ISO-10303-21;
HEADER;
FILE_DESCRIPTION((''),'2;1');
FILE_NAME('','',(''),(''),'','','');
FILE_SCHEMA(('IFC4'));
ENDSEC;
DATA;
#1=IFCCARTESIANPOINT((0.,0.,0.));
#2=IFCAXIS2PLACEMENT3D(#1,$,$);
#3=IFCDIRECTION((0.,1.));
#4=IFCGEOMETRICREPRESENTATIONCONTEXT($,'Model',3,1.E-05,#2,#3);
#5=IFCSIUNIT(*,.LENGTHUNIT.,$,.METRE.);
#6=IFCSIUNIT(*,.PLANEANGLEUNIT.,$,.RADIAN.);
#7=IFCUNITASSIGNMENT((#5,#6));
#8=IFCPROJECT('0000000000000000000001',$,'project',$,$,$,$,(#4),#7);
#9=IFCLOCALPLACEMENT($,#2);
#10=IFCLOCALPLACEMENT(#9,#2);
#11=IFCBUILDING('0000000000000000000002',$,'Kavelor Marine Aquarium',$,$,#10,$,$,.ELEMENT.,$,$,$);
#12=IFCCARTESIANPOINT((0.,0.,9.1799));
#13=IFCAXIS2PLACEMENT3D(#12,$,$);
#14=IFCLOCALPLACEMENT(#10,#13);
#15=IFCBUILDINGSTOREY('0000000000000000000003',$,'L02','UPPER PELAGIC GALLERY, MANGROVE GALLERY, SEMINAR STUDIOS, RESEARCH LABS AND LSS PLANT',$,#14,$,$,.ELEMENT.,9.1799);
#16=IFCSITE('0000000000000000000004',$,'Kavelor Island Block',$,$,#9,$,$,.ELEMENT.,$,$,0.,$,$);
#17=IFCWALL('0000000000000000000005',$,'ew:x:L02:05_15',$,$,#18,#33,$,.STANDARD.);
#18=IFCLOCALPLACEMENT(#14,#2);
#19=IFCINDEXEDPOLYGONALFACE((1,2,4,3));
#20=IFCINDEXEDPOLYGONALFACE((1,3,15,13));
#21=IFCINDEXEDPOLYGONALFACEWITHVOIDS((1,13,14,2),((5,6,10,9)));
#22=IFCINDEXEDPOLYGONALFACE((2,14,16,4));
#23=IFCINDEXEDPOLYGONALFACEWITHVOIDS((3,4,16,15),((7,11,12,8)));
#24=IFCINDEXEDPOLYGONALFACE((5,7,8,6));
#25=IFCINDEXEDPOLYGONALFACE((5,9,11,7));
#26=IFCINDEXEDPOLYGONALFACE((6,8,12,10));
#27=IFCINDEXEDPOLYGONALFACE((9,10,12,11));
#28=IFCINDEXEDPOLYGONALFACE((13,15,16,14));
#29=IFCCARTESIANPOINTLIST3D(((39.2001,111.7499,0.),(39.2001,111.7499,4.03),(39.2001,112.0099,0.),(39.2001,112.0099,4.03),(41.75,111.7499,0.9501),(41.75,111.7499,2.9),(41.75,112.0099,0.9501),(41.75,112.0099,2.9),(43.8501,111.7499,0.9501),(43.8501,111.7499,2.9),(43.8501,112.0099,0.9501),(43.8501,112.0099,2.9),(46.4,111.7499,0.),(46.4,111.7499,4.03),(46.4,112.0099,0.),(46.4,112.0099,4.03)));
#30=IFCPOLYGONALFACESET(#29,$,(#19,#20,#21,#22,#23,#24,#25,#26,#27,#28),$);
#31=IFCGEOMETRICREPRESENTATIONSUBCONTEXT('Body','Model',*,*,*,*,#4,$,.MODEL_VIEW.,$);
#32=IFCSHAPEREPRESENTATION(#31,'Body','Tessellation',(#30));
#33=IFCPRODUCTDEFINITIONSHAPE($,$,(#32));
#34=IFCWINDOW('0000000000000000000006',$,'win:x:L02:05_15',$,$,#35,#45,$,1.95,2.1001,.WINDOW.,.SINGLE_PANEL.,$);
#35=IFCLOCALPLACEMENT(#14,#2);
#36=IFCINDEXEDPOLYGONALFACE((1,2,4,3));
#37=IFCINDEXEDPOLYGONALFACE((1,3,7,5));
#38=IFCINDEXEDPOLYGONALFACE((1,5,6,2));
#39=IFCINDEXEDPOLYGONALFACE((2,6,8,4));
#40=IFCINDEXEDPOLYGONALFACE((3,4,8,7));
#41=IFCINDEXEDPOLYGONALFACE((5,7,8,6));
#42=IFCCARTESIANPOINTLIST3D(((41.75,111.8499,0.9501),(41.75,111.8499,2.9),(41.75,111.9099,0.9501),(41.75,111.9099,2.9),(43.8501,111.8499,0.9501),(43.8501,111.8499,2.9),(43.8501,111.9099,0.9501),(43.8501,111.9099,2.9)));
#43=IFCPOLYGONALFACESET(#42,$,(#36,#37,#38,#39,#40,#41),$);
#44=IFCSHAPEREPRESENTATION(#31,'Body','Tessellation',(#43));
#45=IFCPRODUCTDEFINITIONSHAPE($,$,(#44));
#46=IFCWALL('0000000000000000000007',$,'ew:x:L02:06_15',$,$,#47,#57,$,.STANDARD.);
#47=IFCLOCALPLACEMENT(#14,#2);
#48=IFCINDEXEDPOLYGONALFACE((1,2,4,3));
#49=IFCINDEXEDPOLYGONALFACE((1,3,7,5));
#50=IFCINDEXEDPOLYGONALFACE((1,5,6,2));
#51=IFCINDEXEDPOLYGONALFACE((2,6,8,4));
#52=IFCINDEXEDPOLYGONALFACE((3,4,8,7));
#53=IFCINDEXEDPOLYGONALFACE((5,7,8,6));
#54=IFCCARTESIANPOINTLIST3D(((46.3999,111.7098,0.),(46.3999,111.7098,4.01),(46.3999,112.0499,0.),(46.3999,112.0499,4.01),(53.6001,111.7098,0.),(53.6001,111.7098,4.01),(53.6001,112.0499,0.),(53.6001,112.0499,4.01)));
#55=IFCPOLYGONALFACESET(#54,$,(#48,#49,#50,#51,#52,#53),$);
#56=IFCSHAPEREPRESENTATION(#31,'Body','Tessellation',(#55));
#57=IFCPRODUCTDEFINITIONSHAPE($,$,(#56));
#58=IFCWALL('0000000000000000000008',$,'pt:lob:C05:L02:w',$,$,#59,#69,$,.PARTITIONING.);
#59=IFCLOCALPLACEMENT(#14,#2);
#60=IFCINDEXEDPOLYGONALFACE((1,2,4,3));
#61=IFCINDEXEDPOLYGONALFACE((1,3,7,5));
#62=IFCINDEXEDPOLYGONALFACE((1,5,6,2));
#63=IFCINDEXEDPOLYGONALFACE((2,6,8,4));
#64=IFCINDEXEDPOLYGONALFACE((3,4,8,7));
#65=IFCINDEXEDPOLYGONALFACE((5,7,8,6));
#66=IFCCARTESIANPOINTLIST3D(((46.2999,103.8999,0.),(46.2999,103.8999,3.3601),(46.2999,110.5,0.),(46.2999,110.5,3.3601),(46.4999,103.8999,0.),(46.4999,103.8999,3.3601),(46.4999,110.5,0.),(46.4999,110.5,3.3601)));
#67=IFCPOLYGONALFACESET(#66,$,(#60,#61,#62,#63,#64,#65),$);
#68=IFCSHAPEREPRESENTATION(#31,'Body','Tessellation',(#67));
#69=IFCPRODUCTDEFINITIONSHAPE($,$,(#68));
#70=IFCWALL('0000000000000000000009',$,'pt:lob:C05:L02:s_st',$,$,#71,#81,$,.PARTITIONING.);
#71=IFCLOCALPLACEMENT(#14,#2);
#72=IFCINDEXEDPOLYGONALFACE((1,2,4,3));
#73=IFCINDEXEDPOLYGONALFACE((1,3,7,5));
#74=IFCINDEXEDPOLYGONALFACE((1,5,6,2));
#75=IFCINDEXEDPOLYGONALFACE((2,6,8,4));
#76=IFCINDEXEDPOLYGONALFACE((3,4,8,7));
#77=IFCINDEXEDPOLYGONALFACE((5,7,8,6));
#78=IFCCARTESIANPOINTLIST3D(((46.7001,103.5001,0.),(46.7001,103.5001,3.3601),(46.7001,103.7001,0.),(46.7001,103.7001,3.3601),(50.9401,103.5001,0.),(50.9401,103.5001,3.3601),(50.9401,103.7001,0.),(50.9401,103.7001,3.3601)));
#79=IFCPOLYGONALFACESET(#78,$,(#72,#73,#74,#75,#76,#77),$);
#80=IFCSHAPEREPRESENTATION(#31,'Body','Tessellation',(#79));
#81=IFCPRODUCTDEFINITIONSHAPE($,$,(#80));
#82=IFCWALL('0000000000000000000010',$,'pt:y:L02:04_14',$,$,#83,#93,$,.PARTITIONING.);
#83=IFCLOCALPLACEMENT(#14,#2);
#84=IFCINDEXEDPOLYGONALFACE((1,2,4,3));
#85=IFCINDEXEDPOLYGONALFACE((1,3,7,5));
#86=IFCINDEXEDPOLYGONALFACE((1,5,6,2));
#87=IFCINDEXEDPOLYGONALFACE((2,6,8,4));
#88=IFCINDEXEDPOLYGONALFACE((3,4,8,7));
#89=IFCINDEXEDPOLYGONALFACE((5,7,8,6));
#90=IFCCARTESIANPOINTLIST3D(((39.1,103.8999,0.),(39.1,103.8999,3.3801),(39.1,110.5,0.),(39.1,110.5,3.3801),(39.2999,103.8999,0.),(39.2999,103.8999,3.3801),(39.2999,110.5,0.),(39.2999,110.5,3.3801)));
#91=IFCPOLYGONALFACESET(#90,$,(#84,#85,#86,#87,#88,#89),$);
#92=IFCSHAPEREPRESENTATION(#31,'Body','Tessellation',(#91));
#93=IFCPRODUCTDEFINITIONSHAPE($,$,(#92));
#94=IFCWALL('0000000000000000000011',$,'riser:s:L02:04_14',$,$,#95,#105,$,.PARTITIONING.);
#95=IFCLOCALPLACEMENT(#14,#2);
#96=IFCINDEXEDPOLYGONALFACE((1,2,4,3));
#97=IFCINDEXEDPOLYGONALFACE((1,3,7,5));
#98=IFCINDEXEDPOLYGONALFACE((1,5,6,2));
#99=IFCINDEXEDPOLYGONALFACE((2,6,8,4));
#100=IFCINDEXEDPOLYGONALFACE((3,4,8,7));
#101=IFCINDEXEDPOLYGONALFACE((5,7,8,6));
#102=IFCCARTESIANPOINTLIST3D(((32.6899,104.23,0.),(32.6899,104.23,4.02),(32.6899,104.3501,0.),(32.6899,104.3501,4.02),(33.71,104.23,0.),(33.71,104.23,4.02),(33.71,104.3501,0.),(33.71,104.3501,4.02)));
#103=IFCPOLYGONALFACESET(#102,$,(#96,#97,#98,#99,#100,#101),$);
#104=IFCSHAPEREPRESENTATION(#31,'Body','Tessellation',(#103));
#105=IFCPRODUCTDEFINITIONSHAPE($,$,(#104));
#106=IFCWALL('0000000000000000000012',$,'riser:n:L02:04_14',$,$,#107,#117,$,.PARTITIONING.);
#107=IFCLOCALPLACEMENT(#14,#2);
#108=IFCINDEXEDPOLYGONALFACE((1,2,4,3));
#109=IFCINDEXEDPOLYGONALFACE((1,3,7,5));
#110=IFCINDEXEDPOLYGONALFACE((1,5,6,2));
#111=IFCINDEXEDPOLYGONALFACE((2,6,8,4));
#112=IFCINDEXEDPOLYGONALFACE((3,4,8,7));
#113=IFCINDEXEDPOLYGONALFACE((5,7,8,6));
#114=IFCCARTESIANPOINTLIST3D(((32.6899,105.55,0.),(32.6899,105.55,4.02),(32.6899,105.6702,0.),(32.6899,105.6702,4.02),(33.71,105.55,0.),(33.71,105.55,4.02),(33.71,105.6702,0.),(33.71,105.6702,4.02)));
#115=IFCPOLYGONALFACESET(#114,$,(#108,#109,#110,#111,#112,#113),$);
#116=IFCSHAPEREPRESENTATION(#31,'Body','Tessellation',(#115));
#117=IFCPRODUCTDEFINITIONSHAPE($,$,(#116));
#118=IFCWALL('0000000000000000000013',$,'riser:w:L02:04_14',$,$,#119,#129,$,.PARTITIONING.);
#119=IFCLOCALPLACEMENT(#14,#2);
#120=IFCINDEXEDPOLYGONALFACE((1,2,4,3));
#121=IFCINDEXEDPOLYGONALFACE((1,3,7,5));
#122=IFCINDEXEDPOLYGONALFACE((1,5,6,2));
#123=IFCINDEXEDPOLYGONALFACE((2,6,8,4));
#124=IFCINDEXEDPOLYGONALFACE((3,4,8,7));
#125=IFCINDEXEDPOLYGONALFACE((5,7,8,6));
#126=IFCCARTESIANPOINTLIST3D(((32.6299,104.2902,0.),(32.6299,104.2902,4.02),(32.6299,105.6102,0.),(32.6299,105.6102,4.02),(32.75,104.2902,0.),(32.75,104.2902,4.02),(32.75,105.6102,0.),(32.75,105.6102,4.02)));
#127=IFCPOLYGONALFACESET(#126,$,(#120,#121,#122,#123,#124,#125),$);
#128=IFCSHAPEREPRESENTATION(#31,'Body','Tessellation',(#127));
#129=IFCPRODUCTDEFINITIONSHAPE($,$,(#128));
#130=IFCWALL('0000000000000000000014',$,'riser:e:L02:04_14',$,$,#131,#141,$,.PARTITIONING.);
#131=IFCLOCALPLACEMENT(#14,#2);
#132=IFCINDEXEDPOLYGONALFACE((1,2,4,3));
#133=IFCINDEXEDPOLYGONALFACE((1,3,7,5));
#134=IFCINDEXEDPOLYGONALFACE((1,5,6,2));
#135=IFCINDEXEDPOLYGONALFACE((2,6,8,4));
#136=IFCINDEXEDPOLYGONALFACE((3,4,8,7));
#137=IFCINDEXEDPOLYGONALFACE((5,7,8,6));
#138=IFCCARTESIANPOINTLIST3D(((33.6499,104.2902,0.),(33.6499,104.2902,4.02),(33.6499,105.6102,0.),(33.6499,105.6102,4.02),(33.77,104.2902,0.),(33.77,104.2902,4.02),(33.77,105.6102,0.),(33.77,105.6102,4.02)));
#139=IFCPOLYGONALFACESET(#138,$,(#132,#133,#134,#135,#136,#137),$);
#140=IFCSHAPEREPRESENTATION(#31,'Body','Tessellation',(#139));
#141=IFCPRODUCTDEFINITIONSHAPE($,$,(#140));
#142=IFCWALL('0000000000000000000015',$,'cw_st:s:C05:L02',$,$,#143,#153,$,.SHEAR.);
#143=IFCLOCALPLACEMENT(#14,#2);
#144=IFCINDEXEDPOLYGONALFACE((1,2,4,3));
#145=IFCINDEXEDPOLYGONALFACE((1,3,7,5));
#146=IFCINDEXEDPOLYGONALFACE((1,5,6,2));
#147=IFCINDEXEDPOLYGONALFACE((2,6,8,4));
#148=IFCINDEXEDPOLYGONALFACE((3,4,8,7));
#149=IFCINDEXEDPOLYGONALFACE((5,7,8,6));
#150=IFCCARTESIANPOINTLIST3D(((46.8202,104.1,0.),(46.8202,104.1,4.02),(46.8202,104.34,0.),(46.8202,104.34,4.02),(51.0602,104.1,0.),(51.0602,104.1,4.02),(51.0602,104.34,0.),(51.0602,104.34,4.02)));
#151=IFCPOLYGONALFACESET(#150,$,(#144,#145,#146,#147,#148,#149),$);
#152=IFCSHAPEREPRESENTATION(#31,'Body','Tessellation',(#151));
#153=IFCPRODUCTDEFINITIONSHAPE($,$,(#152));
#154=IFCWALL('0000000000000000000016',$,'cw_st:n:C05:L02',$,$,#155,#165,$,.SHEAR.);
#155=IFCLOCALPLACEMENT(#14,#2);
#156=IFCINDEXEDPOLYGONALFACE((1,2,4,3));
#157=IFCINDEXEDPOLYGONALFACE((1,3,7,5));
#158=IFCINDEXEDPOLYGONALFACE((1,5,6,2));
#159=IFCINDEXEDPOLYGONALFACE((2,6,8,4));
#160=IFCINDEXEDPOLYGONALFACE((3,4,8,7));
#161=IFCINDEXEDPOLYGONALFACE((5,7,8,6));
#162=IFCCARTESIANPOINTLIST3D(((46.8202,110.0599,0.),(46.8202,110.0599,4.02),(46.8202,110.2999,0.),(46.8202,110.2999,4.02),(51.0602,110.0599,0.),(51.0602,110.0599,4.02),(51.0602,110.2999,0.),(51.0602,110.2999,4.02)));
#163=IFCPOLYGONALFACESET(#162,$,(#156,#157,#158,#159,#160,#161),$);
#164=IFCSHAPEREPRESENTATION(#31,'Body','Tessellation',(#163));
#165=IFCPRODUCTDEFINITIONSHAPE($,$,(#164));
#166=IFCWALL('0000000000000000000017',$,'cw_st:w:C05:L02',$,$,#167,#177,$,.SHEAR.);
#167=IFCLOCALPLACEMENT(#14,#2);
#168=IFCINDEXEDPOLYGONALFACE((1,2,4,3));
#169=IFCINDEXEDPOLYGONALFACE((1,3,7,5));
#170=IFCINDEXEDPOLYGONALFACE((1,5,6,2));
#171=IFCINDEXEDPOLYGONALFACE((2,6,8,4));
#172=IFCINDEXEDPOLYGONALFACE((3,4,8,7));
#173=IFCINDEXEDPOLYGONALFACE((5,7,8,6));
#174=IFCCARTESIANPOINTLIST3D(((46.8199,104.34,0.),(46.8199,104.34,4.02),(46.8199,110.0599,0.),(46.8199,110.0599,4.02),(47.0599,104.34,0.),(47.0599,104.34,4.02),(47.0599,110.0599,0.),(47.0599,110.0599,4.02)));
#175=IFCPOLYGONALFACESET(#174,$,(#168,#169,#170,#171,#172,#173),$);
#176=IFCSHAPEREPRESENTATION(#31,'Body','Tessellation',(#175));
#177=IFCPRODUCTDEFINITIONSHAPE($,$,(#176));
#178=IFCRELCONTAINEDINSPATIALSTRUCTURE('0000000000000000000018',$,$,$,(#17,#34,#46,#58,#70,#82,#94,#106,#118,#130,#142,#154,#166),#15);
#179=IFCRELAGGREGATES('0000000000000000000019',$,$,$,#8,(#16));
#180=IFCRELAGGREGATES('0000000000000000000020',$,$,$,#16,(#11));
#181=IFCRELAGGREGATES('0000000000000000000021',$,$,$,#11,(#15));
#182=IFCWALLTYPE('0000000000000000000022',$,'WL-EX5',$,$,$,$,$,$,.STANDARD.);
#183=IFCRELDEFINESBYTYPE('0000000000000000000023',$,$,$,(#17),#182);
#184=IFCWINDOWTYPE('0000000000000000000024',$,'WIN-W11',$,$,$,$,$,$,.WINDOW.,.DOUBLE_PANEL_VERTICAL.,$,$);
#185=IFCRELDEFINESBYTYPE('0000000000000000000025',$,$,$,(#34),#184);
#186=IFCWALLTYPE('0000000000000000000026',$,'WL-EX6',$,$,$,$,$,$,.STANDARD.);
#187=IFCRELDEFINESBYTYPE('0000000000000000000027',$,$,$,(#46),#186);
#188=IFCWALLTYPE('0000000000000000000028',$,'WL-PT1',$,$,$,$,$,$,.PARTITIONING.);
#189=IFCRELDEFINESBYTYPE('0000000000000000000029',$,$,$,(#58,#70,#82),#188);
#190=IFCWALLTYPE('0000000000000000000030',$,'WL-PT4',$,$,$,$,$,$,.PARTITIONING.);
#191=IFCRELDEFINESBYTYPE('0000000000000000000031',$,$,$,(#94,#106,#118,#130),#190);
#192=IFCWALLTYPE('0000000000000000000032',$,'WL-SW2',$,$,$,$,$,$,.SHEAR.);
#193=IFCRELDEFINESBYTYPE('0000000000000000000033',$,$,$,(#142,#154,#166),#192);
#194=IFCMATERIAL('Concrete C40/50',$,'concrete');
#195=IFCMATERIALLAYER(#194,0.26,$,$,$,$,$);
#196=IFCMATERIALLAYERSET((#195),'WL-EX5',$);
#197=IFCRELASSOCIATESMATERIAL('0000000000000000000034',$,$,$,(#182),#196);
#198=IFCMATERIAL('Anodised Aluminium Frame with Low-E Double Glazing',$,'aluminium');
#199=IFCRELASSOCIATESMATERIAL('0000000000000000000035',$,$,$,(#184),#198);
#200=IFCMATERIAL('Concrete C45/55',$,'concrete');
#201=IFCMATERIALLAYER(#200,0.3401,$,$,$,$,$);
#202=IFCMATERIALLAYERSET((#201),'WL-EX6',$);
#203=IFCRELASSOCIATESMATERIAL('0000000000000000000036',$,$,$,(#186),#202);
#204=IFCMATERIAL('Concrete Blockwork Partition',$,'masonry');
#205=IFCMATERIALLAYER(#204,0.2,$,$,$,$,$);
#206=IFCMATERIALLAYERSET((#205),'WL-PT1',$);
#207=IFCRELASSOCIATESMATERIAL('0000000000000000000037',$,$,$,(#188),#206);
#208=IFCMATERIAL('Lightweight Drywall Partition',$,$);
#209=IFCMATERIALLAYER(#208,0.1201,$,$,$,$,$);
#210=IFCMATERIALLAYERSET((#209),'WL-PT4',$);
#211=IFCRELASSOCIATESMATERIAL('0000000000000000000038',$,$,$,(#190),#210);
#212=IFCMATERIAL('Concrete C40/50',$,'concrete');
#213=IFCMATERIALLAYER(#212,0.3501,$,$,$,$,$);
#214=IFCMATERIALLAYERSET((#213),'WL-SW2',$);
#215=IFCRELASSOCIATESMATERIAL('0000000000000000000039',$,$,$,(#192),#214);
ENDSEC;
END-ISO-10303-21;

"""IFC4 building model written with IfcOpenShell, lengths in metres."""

from ifc_helpers import new_model, si_unit, direction, frame, frame_2d, origin, place, context, subcontext, project, spatial, rectangle, extrude, material, layer, layer_set, type_object, element, fill, save


model = new_model("IFC4")

# Units and contexts
model_context = context("Model", 3, precision=1e-05, world=origin(), true_north=direction((0.0, 1.0)))
body_context = subcontext(model_context, "Body", "Model", "MODEL_VIEW")
ifc_project = project(units=[si_unit("LENGTHUNIT", "METRE"), si_unit("PLANEANGLEUNIT", "RADIAN")], contexts=[model_context])

# Site, building, storey
site_placement = place(None, origin())
site = spatial("IfcSite", under=ifc_project, at=site_placement, Name="Kavelor Island Block", CompositionType="ELEMENT", RefElevation=0.0)
building_placement = place(site_placement, origin())
building = spatial("IfcBuilding", under=site, at=building_placement, Name="Kavelor Marine Aquarium", CompositionType="ELEMENT")
storey_placement = place(building_placement, frame((0.0, 0.0, 9.1799)))
storey = spatial("IfcBuildingStorey", under=building, at=storey_placement, Name="L02", Description="UPPER PELAGIC GALLERY, MANGROVE GALLERY, SEMINAR STUDIOS, RESEARCH LABS AND LSS PLANT", CompositionType="ELEMENT", Elevation=9.1799)

# Wall, opening, window
ifc_material_1 = material(Name="Concrete C40/50", Category="concrete")
ifc_layer_1 = layer(ifc_material_1, 0.26)
ifc_layer_set_1 = layer_set([ifc_layer_1], Name="WL-EX5")
wall_type_1 = type_object("IfcWallType", Name="WL-EX5", PredefinedType="STANDARD", material=ifc_layer_set_1)
wall_1_placement = place(storey_placement, frame((39.2, 111.8799, 0.0), z_axis=(0.0, 0.0, 1.0), x_axis=(1.0, 0.0, 0.0)))
wall_1 = element("IfcWall", 1, at=wall_1_placement, inside=storey, type_object=wall_type_1, Name="ew:x:L02:05_15", PredefinedType="STANDARD", context=body_context, shape_type="SweptSolid", body=[
    extrude(rectangle(XDim=7.2, YDim=0.26, at=frame_2d((3.6001, 0.0))), origin(), (0.0, 0.0, 1.0), 4.03),
])
opening_placement = place(wall_1_placement, frame((2.55, 0.0, 0.95)))
opening = element("IfcOpeningElement", 2, at=opening_placement, cuts=wall_1, PredefinedType="OPENING", context=body_context, shape_type="SweptSolid", body=[
    extrude(rectangle(XDim=2.1001, YDim=1.95, at=frame_2d((1.05, 0.9751))), frame((0.0, 0.1399, 0.0), z_axis=(0.0, -1.0, 0.0), x_axis=(1.0, 0.0, 0.0)), (0.0, 0.0, 1.0), 0.28),
])
ifc_material_2 = material(Name="Anodised Aluminium Frame with Low-E Double Glazing", Category="aluminium")
window_type = type_object("IfcWindowType", Name="WIN-W11", PartitioningType="DOUBLE_PANEL_VERTICAL", PredefinedType="WINDOW", material=ifc_material_2)
window_placement = place(opening_placement, origin())
window = element("IfcWindow", 3, at=window_placement, inside=storey, type_object=window_type, Name="win:x:L02:05_15", OverallHeight=1.95, OverallWidth=2.1001, PartitioningType="SINGLE_PANEL", PredefinedType="WINDOW", context=body_context, shape_type="SweptSolid", body=[
    extrude(rectangle(XDim=2.1001, YDim=1.95, at=frame_2d((1.05, 0.9751))), frame((0.0, 0.03, 0.0), z_axis=(0.0, -1.0, 0.0), x_axis=(1.0, 0.0, 0.0)), (0.0, 0.0, 1.0), 0.0601),
])
fill(opening, window)

# Walls
ifc_material_3 = material(Name="Concrete C45/55", Category="concrete")
ifc_layer_2 = layer(ifc_material_3, 0.3401)
ifc_layer_set_2 = layer_set([ifc_layer_2], Name="WL-EX6")
wall_type_2 = type_object("IfcWallType", Name="WL-EX6", PredefinedType="STANDARD", material=ifc_layer_set_2)
wall_2_placement = place(storey_placement, frame((46.3999, 111.8799, 0.0), z_axis=(0.0, 0.0, 1.0), x_axis=(1.0, 0.0, 0.0)))
element("IfcWall", 4, at=wall_2_placement, inside=storey, type_object=wall_type_2, Name="ew:x:L02:06_15", PredefinedType="STANDARD", context=body_context, shape_type="SweptSolid", body=[
    extrude(rectangle(XDim=7.2002, YDim=0.3401, at=frame_2d((3.6001, 0.0))), origin(), (0.0, 0.0, 1.0), 4.01),
])
ifc_material_4 = material(Name="Concrete Blockwork Partition", Category="masonry")
ifc_layer_3 = layer(ifc_material_4, 0.2)
ifc_layer_set_3 = layer_set([ifc_layer_3], Name="WL-PT1")
wall_type_3 = type_object("IfcWallType", Name="WL-PT1", PredefinedType="PARTITIONING", material=ifc_layer_set_3)
wall_3_placement = place(storey_placement, frame((46.3999, 103.8999, 0.0), z_axis=(0.0, 0.0, 1.0), x_axis=(0.0, 1.0, 0.0)))
element("IfcWall", 5, at=wall_3_placement, inside=storey, type_object=wall_type_3, Name="pt:lob:C05:L02:w", PredefinedType="PARTITIONING", context=body_context, shape_type="SweptSolid", body=[
    extrude(rectangle(XDim=6.6001, YDim=0.2, at=frame_2d((3.3, 0.0))), origin(), (0.0, 0.0, 1.0), 3.3601),
])
wall_4_placement = place(storey_placement, frame((46.7, 103.6001, 0.0), z_axis=(0.0, 0.0, 1.0), x_axis=(1.0, 0.0, 0.0)))
element("IfcWall", 6, at=wall_4_placement, inside=storey, type_object=wall_type_3, Name="pt:lob:C05:L02:s_st", PredefinedType="PARTITIONING", context=body_context, shape_type="SweptSolid", body=[
    extrude(rectangle(XDim=4.24, YDim=0.2, at=frame_2d((2.1201, 0.0))), origin(), (0.0, 0.0, 1.0), 3.3601),
])
wall_5_placement = place(storey_placement, frame((39.2, 103.8999, 0.0), z_axis=(0.0, 0.0, 1.0), x_axis=(0.0, 1.0, 0.0)))
element("IfcWall", 7, at=wall_5_placement, inside=storey, type_object=wall_type_3, Name="pt:y:L02:04_14", PredefinedType="PARTITIONING", context=body_context, shape_type="SweptSolid", body=[
    extrude(rectangle(XDim=6.6001, YDim=0.2, at=frame_2d((3.3, 0.0))), origin(), (0.0, 0.0, 1.0), 3.3801),
])
ifc_material_5 = material(Name="Lightweight Drywall Partition")
ifc_layer_4 = layer(ifc_material_5, 0.1201)
ifc_layer_set_4 = layer_set([ifc_layer_4], Name="WL-PT4")
wall_type_4 = type_object("IfcWallType", Name="WL-PT4", PredefinedType="PARTITIONING", material=ifc_layer_set_4)
for number, where, z_axis, x_axis, name in (
    (8, (32.6899, 104.29, 0.0), (0.0, 0.0, 1.0), (1.0, 0.0, 0.0), "riser:s:L02:04_14"),
    (9, (32.6899, 105.6101, 0.0), (0.0, 0.0, 1.0), (1.0, 0.0, 0.0), "riser:n:L02:04_14"),
):
    element("IfcWall", number, at=place(storey_placement, frame(where, z_axis=z_axis, x_axis=x_axis)), inside=storey, type_object=wall_type_4, Name=name, PredefinedType="PARTITIONING", context=body_context, shape_type="SweptSolid", body=[
        extrude(rectangle(XDim=1.02, YDim=0.1201, at=frame_2d((0.51, 0.0))), origin(), (0.0, 0.0, 1.0), 4.02),
    ])
for number, where, z_axis, x_axis, name in (
    (10, (32.6899, 104.29, 0.0), (0.0, 0.0, 1.0), (0.0, 1.0, 0.0), "riser:w:L02:04_14"),
    (11, (33.71, 104.29, 0.0), (0.0, 0.0, 1.0), (0.0, 1.0, 0.0), "riser:e:L02:04_14"),
):
    element("IfcWall", number, at=place(storey_placement, frame(where, z_axis=z_axis, x_axis=x_axis)), inside=storey, type_object=wall_type_4, Name=name, PredefinedType="PARTITIONING", context=body_context, shape_type="SweptSolid", body=[
        extrude(rectangle(XDim=1.3201, YDim=0.1201, at=frame_2d((0.6602, 0.0))), origin(), (0.0, 0.0, 1.0), 4.02),
    ])
ifc_material_6 = material(Name="Concrete C40/50", Category="concrete")
ifc_layer_5 = layer(ifc_material_6, 0.3501)
ifc_layer_set_5 = layer_set([ifc_layer_5], Name="WL-SW2")
wall_type_5 = type_object("IfcWallType", Name="WL-SW2", PredefinedType="SHEAR", material=ifc_layer_set_5)
for number, where, z_axis, x_axis, name in (
    (12, (46.8201, 104.22, 0.0), (0.0, 0.0, 1.0), (1.0, 0.0, 0.0), "cw_st:s:C05:L02"),
    (13, (46.8201, 110.1799, 0.0), (0.0, 0.0, 1.0), (1.0, 0.0, 0.0), "cw_st:n:C05:L02"),
):
    element("IfcWall", number, at=place(storey_placement, frame(where, z_axis=z_axis, x_axis=x_axis)), inside=storey, type_object=wall_type_5, Name=name, PredefinedType="SHEAR", context=body_context, shape_type="SweptSolid", body=[
        extrude(rectangle(XDim=4.24, YDim=0.24, at=frame_2d((2.1201, 0.0))), origin(), (0.0, 0.0, 1.0), 4.02),
    ])
wall_6_placement = place(storey_placement, frame((46.9399, 104.3401, 0.0), z_axis=(0.0, 0.0, 1.0), x_axis=(0.0, 1.0, 0.0)))
element("IfcWall", 14, at=wall_6_placement, inside=storey, type_object=wall_type_5, Name="cw_st:w:C05:L02", PredefinedType="SHEAR", context=body_context, shape_type="SweptSolid", body=[
    extrude(rectangle(XDim=5.72, YDim=0.24, at=frame_2d((2.8599, 0.0))), origin(), (0.0, 0.0, 1.0), 4.02),
])

save(model, "model.ifc")
